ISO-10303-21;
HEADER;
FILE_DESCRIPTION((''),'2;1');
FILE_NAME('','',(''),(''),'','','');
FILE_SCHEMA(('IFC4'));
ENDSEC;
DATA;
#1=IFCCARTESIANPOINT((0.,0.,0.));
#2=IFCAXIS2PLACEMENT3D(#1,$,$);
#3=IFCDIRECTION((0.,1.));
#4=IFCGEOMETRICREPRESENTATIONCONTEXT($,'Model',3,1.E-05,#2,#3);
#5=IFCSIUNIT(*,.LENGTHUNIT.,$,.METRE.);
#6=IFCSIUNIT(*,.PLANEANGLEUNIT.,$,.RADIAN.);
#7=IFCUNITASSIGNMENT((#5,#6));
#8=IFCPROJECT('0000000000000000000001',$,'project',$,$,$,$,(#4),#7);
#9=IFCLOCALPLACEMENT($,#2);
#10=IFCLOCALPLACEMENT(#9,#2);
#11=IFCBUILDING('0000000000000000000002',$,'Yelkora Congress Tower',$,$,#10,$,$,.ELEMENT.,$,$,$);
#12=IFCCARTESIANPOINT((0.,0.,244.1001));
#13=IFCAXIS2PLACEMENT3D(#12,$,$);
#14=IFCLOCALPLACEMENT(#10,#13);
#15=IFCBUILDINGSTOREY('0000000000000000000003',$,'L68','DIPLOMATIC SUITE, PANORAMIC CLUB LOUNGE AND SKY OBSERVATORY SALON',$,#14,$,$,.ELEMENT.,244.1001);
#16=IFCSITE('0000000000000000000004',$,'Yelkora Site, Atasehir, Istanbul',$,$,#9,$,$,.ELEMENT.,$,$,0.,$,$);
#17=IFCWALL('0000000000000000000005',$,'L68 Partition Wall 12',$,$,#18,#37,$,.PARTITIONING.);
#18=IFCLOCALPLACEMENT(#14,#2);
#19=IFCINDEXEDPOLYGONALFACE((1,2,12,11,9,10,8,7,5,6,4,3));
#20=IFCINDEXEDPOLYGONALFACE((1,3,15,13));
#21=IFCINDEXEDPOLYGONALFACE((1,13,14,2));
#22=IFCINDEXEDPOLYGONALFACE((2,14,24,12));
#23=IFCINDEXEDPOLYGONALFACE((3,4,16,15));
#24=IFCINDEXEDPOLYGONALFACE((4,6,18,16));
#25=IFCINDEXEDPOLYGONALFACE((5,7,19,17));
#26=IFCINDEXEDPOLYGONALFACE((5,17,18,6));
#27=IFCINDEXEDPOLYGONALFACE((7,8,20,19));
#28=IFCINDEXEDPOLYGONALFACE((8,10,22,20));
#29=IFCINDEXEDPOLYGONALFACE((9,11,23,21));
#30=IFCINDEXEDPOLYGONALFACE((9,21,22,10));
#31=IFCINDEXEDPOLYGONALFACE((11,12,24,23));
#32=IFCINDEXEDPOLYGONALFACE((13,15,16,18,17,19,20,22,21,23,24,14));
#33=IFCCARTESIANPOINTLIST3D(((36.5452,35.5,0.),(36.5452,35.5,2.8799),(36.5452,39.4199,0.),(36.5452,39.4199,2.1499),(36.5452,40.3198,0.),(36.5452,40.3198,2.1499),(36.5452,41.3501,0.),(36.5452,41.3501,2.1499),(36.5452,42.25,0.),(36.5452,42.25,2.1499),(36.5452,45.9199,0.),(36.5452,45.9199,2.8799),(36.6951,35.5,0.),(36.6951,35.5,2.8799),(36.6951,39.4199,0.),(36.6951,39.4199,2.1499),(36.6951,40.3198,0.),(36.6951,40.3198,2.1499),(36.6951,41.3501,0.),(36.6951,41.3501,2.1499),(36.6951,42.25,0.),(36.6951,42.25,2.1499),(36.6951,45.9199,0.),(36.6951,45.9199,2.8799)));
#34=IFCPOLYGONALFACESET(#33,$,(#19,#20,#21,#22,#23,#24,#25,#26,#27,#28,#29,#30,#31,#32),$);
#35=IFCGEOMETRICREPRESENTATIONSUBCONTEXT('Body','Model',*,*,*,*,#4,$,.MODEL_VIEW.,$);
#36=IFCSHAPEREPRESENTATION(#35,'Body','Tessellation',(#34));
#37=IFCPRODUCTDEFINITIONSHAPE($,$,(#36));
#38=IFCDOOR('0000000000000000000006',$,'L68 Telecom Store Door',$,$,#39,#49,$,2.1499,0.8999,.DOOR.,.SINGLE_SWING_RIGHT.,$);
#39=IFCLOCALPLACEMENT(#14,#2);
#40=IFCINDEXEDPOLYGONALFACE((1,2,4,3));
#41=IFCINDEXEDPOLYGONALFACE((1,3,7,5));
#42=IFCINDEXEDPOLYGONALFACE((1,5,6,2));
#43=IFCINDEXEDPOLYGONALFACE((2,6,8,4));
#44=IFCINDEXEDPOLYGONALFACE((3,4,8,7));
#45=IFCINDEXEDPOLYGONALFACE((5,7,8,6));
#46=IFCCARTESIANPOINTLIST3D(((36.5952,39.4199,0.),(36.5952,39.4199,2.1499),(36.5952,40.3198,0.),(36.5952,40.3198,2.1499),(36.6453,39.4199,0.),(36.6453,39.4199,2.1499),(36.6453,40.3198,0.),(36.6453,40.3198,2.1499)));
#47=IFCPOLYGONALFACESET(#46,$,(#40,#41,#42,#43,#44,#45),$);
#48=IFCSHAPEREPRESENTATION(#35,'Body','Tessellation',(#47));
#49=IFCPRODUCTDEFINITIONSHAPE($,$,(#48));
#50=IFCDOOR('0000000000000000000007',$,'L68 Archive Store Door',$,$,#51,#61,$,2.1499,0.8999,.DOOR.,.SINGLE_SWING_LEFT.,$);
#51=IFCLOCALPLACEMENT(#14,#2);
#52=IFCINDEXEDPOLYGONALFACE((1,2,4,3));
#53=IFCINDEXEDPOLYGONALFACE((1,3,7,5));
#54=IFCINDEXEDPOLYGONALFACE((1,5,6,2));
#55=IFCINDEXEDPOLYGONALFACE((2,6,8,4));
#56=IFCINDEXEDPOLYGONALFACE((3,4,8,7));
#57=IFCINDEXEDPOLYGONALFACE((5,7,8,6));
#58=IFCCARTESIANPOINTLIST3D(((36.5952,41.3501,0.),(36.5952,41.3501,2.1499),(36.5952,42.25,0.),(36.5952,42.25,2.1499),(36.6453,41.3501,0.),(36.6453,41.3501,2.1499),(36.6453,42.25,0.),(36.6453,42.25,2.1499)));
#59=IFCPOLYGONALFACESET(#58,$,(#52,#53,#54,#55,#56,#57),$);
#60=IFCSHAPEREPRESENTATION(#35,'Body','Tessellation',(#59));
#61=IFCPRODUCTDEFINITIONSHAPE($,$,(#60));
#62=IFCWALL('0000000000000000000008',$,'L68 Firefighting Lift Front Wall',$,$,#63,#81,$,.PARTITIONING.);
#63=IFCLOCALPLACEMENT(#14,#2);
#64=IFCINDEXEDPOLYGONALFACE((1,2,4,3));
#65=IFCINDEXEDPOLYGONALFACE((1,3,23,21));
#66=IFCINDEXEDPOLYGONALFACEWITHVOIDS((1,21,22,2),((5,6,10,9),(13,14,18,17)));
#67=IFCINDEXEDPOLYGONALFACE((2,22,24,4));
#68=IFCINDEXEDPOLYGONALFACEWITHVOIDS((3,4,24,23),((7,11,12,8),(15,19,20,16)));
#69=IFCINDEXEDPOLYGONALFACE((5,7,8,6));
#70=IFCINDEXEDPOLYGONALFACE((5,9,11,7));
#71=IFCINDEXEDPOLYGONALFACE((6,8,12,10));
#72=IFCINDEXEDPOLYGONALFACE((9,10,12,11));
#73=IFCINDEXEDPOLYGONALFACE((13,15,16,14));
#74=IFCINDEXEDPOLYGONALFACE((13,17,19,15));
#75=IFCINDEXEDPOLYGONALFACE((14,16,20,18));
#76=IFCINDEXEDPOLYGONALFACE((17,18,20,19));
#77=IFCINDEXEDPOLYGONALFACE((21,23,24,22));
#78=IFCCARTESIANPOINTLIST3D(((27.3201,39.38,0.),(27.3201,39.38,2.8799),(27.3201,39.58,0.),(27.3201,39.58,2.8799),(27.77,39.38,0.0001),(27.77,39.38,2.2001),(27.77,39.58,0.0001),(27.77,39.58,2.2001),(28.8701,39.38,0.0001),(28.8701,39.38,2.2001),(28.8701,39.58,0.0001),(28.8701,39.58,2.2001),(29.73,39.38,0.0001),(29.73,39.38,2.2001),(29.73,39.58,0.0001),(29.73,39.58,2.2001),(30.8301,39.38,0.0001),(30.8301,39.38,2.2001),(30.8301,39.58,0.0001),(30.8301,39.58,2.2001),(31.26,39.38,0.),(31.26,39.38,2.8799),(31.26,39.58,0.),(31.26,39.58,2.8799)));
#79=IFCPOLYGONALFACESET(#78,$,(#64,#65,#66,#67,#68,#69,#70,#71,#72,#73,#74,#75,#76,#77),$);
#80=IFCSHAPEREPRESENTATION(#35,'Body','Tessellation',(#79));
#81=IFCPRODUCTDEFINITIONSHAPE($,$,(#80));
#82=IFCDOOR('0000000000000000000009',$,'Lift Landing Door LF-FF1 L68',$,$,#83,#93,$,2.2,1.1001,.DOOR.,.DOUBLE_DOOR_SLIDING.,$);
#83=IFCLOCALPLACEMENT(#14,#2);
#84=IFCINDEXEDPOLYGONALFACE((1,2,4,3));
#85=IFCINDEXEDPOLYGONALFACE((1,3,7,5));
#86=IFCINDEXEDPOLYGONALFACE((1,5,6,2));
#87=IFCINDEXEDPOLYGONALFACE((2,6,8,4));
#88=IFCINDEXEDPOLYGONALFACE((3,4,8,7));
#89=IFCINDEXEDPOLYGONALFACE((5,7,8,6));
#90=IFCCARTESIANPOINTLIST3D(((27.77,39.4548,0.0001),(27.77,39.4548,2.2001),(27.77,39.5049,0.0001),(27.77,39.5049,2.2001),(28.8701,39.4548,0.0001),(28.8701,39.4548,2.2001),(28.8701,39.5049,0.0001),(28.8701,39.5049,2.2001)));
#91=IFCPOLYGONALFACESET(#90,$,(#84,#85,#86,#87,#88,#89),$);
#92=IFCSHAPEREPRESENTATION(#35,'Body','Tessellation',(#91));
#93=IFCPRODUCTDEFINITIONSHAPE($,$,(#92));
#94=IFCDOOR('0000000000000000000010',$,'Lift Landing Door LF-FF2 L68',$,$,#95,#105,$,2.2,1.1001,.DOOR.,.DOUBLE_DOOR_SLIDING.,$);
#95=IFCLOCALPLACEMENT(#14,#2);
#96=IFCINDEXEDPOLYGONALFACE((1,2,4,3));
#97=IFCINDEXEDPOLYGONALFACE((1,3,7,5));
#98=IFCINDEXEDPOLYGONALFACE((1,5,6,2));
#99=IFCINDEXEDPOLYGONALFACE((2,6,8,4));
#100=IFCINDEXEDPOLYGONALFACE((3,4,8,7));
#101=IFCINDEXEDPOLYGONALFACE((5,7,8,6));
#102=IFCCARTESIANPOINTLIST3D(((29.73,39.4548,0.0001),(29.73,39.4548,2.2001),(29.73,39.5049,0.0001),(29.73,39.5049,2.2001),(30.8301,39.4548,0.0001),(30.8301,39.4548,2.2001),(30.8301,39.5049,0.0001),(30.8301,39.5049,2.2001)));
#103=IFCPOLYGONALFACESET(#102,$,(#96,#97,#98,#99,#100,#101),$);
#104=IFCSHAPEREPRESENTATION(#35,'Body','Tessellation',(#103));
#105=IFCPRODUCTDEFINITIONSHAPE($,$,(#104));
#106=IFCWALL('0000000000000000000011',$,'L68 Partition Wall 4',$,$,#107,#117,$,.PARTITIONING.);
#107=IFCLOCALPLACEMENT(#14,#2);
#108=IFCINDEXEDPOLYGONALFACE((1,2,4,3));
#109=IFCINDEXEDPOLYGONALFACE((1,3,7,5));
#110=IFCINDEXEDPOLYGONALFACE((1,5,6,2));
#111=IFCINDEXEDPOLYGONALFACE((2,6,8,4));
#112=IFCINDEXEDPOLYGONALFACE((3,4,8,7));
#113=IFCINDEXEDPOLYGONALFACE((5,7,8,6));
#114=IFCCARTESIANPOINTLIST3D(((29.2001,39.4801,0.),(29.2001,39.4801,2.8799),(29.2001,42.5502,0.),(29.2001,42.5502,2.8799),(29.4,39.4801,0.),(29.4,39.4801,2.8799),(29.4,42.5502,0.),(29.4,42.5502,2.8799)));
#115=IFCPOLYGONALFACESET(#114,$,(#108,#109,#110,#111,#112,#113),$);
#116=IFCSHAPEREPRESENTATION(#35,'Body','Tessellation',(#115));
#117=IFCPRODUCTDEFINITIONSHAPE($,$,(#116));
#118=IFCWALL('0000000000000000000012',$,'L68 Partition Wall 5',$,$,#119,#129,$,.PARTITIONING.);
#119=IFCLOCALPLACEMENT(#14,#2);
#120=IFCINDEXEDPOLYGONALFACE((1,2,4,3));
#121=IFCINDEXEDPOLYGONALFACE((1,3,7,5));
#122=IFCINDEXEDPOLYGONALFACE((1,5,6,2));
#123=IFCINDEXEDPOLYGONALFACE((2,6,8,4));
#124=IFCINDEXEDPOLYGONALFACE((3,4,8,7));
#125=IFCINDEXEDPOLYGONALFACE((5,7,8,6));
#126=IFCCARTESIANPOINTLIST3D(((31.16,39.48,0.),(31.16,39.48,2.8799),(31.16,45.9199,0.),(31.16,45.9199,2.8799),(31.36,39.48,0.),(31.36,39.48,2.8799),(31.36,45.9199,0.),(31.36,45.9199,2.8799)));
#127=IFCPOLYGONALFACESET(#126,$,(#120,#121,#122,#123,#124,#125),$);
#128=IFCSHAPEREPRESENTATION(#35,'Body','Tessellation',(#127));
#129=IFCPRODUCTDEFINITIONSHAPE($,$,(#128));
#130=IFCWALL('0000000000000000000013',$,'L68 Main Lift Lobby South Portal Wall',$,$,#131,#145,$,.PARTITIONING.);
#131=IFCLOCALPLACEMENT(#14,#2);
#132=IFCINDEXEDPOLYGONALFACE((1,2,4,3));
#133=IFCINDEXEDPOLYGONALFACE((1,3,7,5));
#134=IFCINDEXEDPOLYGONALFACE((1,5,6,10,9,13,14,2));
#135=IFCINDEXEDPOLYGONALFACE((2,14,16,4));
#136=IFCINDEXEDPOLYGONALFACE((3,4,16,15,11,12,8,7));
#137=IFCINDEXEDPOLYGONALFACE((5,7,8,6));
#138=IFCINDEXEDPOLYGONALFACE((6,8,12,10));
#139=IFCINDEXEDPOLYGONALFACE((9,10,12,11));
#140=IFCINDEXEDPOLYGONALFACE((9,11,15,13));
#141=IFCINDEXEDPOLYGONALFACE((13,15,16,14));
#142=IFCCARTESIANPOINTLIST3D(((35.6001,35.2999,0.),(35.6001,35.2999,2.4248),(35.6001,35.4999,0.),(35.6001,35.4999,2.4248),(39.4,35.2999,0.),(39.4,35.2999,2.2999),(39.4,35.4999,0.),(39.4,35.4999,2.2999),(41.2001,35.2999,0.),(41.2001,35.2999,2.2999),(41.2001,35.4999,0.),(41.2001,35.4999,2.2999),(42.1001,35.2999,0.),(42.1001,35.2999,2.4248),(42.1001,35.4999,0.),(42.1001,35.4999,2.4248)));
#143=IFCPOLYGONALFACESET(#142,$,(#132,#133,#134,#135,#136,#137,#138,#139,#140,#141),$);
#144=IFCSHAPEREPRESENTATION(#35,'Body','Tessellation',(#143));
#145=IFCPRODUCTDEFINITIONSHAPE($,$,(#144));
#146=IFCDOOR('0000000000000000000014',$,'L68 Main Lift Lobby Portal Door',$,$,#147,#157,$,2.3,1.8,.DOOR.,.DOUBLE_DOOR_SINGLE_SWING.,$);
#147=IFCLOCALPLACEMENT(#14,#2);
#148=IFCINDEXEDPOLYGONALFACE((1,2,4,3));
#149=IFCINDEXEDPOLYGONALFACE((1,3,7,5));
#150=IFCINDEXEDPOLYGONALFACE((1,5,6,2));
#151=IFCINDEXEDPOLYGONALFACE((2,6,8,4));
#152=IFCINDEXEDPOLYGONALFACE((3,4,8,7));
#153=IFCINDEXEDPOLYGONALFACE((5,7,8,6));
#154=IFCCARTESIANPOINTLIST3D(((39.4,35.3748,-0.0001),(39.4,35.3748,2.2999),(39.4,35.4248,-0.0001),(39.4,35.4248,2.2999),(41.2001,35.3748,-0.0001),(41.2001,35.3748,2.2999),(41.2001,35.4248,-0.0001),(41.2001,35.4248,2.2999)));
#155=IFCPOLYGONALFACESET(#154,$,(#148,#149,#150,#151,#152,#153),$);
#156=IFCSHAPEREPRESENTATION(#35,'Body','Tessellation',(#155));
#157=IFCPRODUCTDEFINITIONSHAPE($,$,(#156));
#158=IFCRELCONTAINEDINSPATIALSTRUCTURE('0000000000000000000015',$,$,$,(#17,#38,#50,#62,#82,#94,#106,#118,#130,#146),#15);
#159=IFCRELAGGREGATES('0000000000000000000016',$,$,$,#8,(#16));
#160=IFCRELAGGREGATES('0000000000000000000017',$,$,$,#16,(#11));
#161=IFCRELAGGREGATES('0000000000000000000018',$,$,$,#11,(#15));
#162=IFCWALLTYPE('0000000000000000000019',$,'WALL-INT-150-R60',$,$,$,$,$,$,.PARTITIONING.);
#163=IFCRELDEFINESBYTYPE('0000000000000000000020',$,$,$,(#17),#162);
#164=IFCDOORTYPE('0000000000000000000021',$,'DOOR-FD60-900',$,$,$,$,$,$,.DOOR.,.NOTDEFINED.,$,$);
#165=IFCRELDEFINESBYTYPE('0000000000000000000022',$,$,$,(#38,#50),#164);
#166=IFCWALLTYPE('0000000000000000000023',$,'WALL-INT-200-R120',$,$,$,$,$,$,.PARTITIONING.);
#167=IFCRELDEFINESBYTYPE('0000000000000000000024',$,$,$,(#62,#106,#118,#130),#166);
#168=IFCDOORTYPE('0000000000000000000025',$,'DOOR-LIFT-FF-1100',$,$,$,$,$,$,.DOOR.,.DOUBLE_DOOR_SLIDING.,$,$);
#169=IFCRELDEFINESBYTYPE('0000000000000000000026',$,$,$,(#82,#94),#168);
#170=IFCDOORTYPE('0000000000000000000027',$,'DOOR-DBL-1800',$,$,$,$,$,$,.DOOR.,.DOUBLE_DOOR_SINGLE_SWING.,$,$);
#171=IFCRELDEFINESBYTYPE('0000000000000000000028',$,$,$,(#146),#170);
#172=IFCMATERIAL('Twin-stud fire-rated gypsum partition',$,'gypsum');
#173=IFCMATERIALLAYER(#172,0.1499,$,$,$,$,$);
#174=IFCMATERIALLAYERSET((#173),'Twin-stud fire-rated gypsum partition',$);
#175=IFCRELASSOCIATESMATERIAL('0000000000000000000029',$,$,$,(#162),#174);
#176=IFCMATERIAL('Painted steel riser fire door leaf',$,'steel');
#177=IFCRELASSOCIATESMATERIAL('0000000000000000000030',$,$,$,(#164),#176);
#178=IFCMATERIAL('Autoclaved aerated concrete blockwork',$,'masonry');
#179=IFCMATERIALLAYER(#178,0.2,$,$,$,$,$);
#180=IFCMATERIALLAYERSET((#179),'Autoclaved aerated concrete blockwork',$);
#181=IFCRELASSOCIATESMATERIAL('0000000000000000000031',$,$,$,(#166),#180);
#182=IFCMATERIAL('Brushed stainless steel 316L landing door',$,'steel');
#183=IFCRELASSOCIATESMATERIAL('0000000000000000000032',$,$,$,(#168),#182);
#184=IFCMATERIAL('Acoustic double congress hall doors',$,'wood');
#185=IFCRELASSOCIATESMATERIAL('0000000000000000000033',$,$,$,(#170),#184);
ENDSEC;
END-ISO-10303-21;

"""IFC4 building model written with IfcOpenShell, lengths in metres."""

from ifc_helpers import new_model, si_unit, direction, frame, frame_2d, origin, place, context, subcontext, project, spatial, rectangle, extrude, material, layer, layer_set, type_object, element, fill, save


model = new_model("IFC4")

# Units and contexts
model_context = context("Model", 3, precision=1e-05, world=origin(), true_north=direction((0.0, 1.0)))
body_context = subcontext(model_context, "Body", "Model", "MODEL_VIEW")
ifc_project = project(units=[si_unit("LENGTHUNIT", "METRE"), si_unit("PLANEANGLEUNIT", "RADIAN")], contexts=[model_context])

# Site, building, storey
site_placement = place(None, origin())
site = spatial("IfcSite", under=ifc_project, at=site_placement, Name="Yelkora Site, Atasehir, Istanbul", CompositionType="ELEMENT", RefElevation=0.0)
building_placement = place(site_placement, origin())
building = spatial("IfcBuilding", under=site, at=building_placement, Name="Yelkora Congress Tower", CompositionType="ELEMENT")
storey_placement = place(building_placement, frame((0.0, 0.0, 244.1001)))
storey = spatial("IfcBuildingStorey", under=building, at=storey_placement, Name="L68", Description="DIPLOMATIC SUITE, PANORAMIC CLUB LOUNGE AND SKY OBSERVATORY SALON", CompositionType="ELEMENT", Elevation=244.1001)

# Shared definitions
ifc_material_1 = material(Name="Twin-stud fire-rated gypsum partition", Category="gypsum")
ifc_layer_1 = layer(ifc_material_1, 0.1499)
ifc_layer_set_1 = layer_set([ifc_layer_1], Name="Twin-stud fire-rated gypsum partition")
wall_type_1 = type_object("IfcWallType", Name="WALL-INT-150-R60", PredefinedType="PARTITIONING", material=ifc_layer_set_1)

# Wall, openings, doors
wall_1_placement = place(storey_placement, frame((36.6201, 35.5, 0.0), z_axis=(0.0, 0.0, 1.0), x_axis=(0.0, 1.0, 0.0)))
wall_1 = element("IfcWall", 1, at=wall_1_placement, inside=storey, type_object=wall_type_1, Name="L68 Partition Wall 12", PredefinedType="PARTITIONING", context=body_context, shape_type="SweptSolid", body=[
    extrude(rectangle(XDim=10.4199, YDim=0.1499, at=frame_2d((5.21, 0.0))), origin(), (0.0, 0.0, 1.0), 2.8799),
])
opening_1_placement = place(wall_1_placement, frame((3.9199, 0.0, 0.0)))
opening_1 = element("IfcOpeningElement", 2, at=opening_1_placement, cuts=wall_1, PredefinedType="OPENING", context=body_context, shape_type="SweptSolid", body=[
    extrude(rectangle(XDim=0.8999, YDim=2.1499, at=frame_2d((0.45, 1.075))), frame((0.0, 0.085, 0.0), z_axis=(0.0, -1.0, 0.0), x_axis=(1.0, 0.0, 0.0)), (0.0, 0.0, 1.0), 0.1699),
])
opening_2_placement = place(wall_1_placement, frame((5.8501, 0.0, 0.0)))
opening_2 = element("IfcOpeningElement", 3, at=opening_2_placement, cuts=wall_1, PredefinedType="OPENING", context=body_context, shape_type="SweptSolid", body=[
    extrude(rectangle(XDim=0.8999, YDim=2.1499, at=frame_2d((0.45, 1.075))), frame((0.0, 0.085, 0.0), z_axis=(0.0, -1.0, 0.0), x_axis=(1.0, 0.0, 0.0)), (0.0, 0.0, 1.0), 0.1699),
])
ifc_material_2 = material(Name="Painted steel riser fire door leaf", Category="steel")
door_type_1 = type_object("IfcDoorType", Name="DOOR-FD60-900", OperationType="NOTDEFINED", PredefinedType="DOOR", material=ifc_material_2)
door_1_placement = place(opening_1_placement, origin())
door_1 = element("IfcDoor", 4, at=door_1_placement, inside=storey, type_object=door_type_1, Name="L68 Telecom Store Door", OperationType="SINGLE_SWING_RIGHT", OverallHeight=2.1499, OverallWidth=0.8999, PredefinedType="DOOR", context=body_context, shape_type="SweptSolid", body=[
    extrude(rectangle(XDim=0.8999, YDim=2.1499, at=frame_2d((0.45, 1.075))), frame((0.0, 0.0249, 0.0), z_axis=(0.0, -1.0, 0.0), x_axis=(1.0, 0.0, 0.0)), (0.0, 0.0, 1.0), 0.05),
])
fill(opening_1, door_1)
door_2_placement = place(opening_2_placement, origin())
door_2 = element("IfcDoor", 5, at=door_2_placement, inside=storey, type_object=door_type_1, Name="L68 Archive Store Door", OperationType="SINGLE_SWING_LEFT", OverallHeight=2.1499, OverallWidth=0.8999, PredefinedType="DOOR", context=body_context, shape_type="SweptSolid", body=[
    extrude(rectangle(XDim=0.8999, YDim=2.1499, at=frame_2d((0.45, 1.075))), frame((0.0, 0.0249, 0.0), z_axis=(0.0, -1.0, 0.0), x_axis=(1.0, 0.0, 0.0)), (0.0, 0.0, 1.0), 0.05),
])
fill(opening_2, door_2)

# Shared definitions
ifc_material_3 = material(Name="Autoclaved aerated concrete blockwork", Category="masonry")
ifc_layer_2 = layer(ifc_material_3, 0.2)
ifc_layer_set_2 = layer_set([ifc_layer_2], Name="Autoclaved aerated concrete blockwork")
wall_type_2 = type_object("IfcWallType", Name="WALL-INT-200-R120", PredefinedType="PARTITIONING", material=ifc_layer_set_2)

# Wall, openings, doors
wall_2_placement = place(storey_placement, frame((27.3201, 39.48, 0.0), z_axis=(0.0, 0.0, 1.0), x_axis=(1.0, 0.0, 0.0)))
wall_2 = element("IfcWall", 6, at=wall_2_placement, inside=storey, type_object=wall_type_2, Name="L68 Firefighting Lift Front Wall", PredefinedType="PARTITIONING", context=body_context, shape_type="SweptSolid", body=[
    extrude(rectangle(XDim=3.9399, YDim=0.2, at=frame_2d((1.97, 0.0))), origin(), (0.0, 0.0, 1.0), 2.8799),
])
opening_3_placement = place(wall_2_placement, frame((0.45, 0.0, 0.0)))
opening_3 = element("IfcOpeningElement", 7, at=opening_3_placement, cuts=wall_2, PredefinedType="OPENING", context=body_context, shape_type="SweptSolid", body=[
    extrude(rectangle(XDim=1.1001, YDim=2.2, at=frame_2d((0.55, 1.1001))), frame((0.0, 0.1099, 0.0), z_axis=(0.0, -1.0, 0.0), x_axis=(1.0, 0.0, 0.0)), (0.0, 0.0, 1.0), 0.22),
])
opening_4_placement = place(wall_2_placement, frame((2.4099, 0.0, 0.0)))
opening_4 = element("IfcOpeningElement", 8, at=opening_4_placement, cuts=wall_2, PredefinedType="OPENING", context=body_context, shape_type="SweptSolid", body=[
    extrude(rectangle(XDim=1.1001, YDim=2.2, at=frame_2d((0.55, 1.1001))), frame((0.0, 0.1099, 0.0), z_axis=(0.0, -1.0, 0.0), x_axis=(1.0, 0.0, 0.0)), (0.0, 0.0, 1.0), 0.22),
])
ifc_material_4 = material(Name="Brushed stainless steel 316L landing door", Category="steel")
door_type_2 = type_object("IfcDoorType", Name="DOOR-LIFT-FF-1100", OperationType="DOUBLE_DOOR_SLIDING", PredefinedType="DOOR", material=ifc_material_4)
door_3_placement = place(opening_3_placement, origin())
door_3 = element("IfcDoor", 9, at=door_3_placement, inside=storey, type_object=door_type_2, Name="Lift Landing Door LF-FF1 L68", OperationType="DOUBLE_DOOR_SLIDING", OverallHeight=2.2, OverallWidth=1.1001, PredefinedType="DOOR", context=body_context, shape_type="SweptSolid", body=[
    extrude(rectangle(XDim=1.1001, YDim=2.2, at=frame_2d((0.55, 1.1001))), frame((0.0, 0.0249, 0.0), z_axis=(0.0, -1.0, 0.0), x_axis=(1.0, 0.0, 0.0)), (0.0, 0.0, 1.0), 0.05),
])
fill(opening_3, door_3)
door_4_placement = place(opening_4_placement, origin())
door_4 = element("IfcDoor", 10, at=door_4_placement, inside=storey, type_object=door_type_2, Name="Lift Landing Door LF-FF2 L68", OperationType="DOUBLE_DOOR_SLIDING", OverallHeight=2.2, OverallWidth=1.1001, PredefinedType="DOOR", context=body_context, shape_type="SweptSolid", body=[
    extrude(rectangle(XDim=1.1001, YDim=2.2, at=frame_2d((0.55, 1.1001))), frame((0.0, 0.0249, 0.0), z_axis=(0.0, -1.0, 0.0), x_axis=(1.0, 0.0, 0.0)), (0.0, 0.0, 1.0), 0.05),
])
fill(opening_4, door_4)

# Walls
wall_3_placement = place(storey_placement, frame((29.3, 39.48, 0.0), z_axis=(0.0, 0.0, 1.0), x_axis=(0.0, 1.0, 0.0)))
element("IfcWall", 11, at=wall_3_placement, inside=storey, type_object=wall_type_2, Name="L68 Partition Wall 4", PredefinedType="PARTITIONING", context=body_context, shape_type="SweptSolid", body=[
    extrude(rectangle(XDim=3.0701, YDim=0.2, at=frame_2d((1.5352, 0.0))), origin(), (0.0, 0.0, 1.0), 2.8799),
])
wall_4_placement = place(storey_placement, frame((31.26, 39.48, 0.0), z_axis=(0.0, 0.0, 1.0), x_axis=(0.0, 1.0, 0.0)))
element("IfcWall", 12, at=wall_4_placement, inside=storey, type_object=wall_type_2, Name="L68 Partition Wall 5", PredefinedType="PARTITIONING", context=body_context, shape_type="SweptSolid", body=[
    extrude(rectangle(XDim=6.4399, YDim=0.2, at=frame_2d((3.22, 0.0))), origin(), (0.0, 0.0, 1.0), 2.8799),
])

# Wall, opening, door
wall_5_placement = place(storey_placement, frame((35.6001, 35.3999, 0.0), z_axis=(0.0, 0.0, 1.0), x_axis=(1.0, 0.0, 0.0)))
wall_5 = element("IfcWall", 13, at=wall_5_placement, inside=storey, type_object=wall_type_2, Name="L68 Main Lift Lobby South Portal Wall", PredefinedType="PARTITIONING", context=body_context, shape_type="SweptSolid", body=[
    extrude(rectangle(XDim=6.5, YDim=0.2, at=frame_2d((3.25, 0.0))), origin(), (0.0, 0.0, 1.0), 2.4248),
])
opening_5_placement = place(wall_5_placement, frame((3.8, 0.0, 0.0)))
opening_5 = element("IfcOpeningElement", 14, at=opening_5_placement, cuts=wall_5, PredefinedType="OPENING", context=body_context, shape_type="SweptSolid", body=[
    extrude(rectangle(XDim=1.8, YDim=2.3, at=frame_2d((0.8999, 1.1499))), frame((0.0, 0.1099, 0.0), z_axis=(0.0, -1.0, 0.0), x_axis=(1.0, 0.0, 0.0)), (0.0, 0.0, 1.0), 0.22),
])
ifc_material_5 = material(Name="Acoustic double congress hall doors", Category="wood")
door_type_3 = type_object("IfcDoorType", Name="DOOR-DBL-1800", OperationType="DOUBLE_DOOR_SINGLE_SWING", PredefinedType="DOOR", material=ifc_material_5)
door_5_placement = place(opening_5_placement, origin())
door_5 = element("IfcDoor", 15, at=door_5_placement, inside=storey, type_object=door_type_3, Name="L68 Main Lift Lobby Portal Door", OperationType="DOUBLE_DOOR_SINGLE_SWING", OverallHeight=2.3, OverallWidth=1.8, PredefinedType="DOOR", context=body_context, shape_type="SweptSolid", body=[
    extrude(rectangle(XDim=1.8, YDim=2.3, at=frame_2d((0.8999, 1.1499))), frame((0.0, 0.0249, 0.0), z_axis=(0.0, -1.0, 0.0), x_axis=(1.0, 0.0, 0.0)), (0.0, 0.0, 1.0), 0.05),
])
fill(opening_5, door_5)

save(model, "model.ifc")
